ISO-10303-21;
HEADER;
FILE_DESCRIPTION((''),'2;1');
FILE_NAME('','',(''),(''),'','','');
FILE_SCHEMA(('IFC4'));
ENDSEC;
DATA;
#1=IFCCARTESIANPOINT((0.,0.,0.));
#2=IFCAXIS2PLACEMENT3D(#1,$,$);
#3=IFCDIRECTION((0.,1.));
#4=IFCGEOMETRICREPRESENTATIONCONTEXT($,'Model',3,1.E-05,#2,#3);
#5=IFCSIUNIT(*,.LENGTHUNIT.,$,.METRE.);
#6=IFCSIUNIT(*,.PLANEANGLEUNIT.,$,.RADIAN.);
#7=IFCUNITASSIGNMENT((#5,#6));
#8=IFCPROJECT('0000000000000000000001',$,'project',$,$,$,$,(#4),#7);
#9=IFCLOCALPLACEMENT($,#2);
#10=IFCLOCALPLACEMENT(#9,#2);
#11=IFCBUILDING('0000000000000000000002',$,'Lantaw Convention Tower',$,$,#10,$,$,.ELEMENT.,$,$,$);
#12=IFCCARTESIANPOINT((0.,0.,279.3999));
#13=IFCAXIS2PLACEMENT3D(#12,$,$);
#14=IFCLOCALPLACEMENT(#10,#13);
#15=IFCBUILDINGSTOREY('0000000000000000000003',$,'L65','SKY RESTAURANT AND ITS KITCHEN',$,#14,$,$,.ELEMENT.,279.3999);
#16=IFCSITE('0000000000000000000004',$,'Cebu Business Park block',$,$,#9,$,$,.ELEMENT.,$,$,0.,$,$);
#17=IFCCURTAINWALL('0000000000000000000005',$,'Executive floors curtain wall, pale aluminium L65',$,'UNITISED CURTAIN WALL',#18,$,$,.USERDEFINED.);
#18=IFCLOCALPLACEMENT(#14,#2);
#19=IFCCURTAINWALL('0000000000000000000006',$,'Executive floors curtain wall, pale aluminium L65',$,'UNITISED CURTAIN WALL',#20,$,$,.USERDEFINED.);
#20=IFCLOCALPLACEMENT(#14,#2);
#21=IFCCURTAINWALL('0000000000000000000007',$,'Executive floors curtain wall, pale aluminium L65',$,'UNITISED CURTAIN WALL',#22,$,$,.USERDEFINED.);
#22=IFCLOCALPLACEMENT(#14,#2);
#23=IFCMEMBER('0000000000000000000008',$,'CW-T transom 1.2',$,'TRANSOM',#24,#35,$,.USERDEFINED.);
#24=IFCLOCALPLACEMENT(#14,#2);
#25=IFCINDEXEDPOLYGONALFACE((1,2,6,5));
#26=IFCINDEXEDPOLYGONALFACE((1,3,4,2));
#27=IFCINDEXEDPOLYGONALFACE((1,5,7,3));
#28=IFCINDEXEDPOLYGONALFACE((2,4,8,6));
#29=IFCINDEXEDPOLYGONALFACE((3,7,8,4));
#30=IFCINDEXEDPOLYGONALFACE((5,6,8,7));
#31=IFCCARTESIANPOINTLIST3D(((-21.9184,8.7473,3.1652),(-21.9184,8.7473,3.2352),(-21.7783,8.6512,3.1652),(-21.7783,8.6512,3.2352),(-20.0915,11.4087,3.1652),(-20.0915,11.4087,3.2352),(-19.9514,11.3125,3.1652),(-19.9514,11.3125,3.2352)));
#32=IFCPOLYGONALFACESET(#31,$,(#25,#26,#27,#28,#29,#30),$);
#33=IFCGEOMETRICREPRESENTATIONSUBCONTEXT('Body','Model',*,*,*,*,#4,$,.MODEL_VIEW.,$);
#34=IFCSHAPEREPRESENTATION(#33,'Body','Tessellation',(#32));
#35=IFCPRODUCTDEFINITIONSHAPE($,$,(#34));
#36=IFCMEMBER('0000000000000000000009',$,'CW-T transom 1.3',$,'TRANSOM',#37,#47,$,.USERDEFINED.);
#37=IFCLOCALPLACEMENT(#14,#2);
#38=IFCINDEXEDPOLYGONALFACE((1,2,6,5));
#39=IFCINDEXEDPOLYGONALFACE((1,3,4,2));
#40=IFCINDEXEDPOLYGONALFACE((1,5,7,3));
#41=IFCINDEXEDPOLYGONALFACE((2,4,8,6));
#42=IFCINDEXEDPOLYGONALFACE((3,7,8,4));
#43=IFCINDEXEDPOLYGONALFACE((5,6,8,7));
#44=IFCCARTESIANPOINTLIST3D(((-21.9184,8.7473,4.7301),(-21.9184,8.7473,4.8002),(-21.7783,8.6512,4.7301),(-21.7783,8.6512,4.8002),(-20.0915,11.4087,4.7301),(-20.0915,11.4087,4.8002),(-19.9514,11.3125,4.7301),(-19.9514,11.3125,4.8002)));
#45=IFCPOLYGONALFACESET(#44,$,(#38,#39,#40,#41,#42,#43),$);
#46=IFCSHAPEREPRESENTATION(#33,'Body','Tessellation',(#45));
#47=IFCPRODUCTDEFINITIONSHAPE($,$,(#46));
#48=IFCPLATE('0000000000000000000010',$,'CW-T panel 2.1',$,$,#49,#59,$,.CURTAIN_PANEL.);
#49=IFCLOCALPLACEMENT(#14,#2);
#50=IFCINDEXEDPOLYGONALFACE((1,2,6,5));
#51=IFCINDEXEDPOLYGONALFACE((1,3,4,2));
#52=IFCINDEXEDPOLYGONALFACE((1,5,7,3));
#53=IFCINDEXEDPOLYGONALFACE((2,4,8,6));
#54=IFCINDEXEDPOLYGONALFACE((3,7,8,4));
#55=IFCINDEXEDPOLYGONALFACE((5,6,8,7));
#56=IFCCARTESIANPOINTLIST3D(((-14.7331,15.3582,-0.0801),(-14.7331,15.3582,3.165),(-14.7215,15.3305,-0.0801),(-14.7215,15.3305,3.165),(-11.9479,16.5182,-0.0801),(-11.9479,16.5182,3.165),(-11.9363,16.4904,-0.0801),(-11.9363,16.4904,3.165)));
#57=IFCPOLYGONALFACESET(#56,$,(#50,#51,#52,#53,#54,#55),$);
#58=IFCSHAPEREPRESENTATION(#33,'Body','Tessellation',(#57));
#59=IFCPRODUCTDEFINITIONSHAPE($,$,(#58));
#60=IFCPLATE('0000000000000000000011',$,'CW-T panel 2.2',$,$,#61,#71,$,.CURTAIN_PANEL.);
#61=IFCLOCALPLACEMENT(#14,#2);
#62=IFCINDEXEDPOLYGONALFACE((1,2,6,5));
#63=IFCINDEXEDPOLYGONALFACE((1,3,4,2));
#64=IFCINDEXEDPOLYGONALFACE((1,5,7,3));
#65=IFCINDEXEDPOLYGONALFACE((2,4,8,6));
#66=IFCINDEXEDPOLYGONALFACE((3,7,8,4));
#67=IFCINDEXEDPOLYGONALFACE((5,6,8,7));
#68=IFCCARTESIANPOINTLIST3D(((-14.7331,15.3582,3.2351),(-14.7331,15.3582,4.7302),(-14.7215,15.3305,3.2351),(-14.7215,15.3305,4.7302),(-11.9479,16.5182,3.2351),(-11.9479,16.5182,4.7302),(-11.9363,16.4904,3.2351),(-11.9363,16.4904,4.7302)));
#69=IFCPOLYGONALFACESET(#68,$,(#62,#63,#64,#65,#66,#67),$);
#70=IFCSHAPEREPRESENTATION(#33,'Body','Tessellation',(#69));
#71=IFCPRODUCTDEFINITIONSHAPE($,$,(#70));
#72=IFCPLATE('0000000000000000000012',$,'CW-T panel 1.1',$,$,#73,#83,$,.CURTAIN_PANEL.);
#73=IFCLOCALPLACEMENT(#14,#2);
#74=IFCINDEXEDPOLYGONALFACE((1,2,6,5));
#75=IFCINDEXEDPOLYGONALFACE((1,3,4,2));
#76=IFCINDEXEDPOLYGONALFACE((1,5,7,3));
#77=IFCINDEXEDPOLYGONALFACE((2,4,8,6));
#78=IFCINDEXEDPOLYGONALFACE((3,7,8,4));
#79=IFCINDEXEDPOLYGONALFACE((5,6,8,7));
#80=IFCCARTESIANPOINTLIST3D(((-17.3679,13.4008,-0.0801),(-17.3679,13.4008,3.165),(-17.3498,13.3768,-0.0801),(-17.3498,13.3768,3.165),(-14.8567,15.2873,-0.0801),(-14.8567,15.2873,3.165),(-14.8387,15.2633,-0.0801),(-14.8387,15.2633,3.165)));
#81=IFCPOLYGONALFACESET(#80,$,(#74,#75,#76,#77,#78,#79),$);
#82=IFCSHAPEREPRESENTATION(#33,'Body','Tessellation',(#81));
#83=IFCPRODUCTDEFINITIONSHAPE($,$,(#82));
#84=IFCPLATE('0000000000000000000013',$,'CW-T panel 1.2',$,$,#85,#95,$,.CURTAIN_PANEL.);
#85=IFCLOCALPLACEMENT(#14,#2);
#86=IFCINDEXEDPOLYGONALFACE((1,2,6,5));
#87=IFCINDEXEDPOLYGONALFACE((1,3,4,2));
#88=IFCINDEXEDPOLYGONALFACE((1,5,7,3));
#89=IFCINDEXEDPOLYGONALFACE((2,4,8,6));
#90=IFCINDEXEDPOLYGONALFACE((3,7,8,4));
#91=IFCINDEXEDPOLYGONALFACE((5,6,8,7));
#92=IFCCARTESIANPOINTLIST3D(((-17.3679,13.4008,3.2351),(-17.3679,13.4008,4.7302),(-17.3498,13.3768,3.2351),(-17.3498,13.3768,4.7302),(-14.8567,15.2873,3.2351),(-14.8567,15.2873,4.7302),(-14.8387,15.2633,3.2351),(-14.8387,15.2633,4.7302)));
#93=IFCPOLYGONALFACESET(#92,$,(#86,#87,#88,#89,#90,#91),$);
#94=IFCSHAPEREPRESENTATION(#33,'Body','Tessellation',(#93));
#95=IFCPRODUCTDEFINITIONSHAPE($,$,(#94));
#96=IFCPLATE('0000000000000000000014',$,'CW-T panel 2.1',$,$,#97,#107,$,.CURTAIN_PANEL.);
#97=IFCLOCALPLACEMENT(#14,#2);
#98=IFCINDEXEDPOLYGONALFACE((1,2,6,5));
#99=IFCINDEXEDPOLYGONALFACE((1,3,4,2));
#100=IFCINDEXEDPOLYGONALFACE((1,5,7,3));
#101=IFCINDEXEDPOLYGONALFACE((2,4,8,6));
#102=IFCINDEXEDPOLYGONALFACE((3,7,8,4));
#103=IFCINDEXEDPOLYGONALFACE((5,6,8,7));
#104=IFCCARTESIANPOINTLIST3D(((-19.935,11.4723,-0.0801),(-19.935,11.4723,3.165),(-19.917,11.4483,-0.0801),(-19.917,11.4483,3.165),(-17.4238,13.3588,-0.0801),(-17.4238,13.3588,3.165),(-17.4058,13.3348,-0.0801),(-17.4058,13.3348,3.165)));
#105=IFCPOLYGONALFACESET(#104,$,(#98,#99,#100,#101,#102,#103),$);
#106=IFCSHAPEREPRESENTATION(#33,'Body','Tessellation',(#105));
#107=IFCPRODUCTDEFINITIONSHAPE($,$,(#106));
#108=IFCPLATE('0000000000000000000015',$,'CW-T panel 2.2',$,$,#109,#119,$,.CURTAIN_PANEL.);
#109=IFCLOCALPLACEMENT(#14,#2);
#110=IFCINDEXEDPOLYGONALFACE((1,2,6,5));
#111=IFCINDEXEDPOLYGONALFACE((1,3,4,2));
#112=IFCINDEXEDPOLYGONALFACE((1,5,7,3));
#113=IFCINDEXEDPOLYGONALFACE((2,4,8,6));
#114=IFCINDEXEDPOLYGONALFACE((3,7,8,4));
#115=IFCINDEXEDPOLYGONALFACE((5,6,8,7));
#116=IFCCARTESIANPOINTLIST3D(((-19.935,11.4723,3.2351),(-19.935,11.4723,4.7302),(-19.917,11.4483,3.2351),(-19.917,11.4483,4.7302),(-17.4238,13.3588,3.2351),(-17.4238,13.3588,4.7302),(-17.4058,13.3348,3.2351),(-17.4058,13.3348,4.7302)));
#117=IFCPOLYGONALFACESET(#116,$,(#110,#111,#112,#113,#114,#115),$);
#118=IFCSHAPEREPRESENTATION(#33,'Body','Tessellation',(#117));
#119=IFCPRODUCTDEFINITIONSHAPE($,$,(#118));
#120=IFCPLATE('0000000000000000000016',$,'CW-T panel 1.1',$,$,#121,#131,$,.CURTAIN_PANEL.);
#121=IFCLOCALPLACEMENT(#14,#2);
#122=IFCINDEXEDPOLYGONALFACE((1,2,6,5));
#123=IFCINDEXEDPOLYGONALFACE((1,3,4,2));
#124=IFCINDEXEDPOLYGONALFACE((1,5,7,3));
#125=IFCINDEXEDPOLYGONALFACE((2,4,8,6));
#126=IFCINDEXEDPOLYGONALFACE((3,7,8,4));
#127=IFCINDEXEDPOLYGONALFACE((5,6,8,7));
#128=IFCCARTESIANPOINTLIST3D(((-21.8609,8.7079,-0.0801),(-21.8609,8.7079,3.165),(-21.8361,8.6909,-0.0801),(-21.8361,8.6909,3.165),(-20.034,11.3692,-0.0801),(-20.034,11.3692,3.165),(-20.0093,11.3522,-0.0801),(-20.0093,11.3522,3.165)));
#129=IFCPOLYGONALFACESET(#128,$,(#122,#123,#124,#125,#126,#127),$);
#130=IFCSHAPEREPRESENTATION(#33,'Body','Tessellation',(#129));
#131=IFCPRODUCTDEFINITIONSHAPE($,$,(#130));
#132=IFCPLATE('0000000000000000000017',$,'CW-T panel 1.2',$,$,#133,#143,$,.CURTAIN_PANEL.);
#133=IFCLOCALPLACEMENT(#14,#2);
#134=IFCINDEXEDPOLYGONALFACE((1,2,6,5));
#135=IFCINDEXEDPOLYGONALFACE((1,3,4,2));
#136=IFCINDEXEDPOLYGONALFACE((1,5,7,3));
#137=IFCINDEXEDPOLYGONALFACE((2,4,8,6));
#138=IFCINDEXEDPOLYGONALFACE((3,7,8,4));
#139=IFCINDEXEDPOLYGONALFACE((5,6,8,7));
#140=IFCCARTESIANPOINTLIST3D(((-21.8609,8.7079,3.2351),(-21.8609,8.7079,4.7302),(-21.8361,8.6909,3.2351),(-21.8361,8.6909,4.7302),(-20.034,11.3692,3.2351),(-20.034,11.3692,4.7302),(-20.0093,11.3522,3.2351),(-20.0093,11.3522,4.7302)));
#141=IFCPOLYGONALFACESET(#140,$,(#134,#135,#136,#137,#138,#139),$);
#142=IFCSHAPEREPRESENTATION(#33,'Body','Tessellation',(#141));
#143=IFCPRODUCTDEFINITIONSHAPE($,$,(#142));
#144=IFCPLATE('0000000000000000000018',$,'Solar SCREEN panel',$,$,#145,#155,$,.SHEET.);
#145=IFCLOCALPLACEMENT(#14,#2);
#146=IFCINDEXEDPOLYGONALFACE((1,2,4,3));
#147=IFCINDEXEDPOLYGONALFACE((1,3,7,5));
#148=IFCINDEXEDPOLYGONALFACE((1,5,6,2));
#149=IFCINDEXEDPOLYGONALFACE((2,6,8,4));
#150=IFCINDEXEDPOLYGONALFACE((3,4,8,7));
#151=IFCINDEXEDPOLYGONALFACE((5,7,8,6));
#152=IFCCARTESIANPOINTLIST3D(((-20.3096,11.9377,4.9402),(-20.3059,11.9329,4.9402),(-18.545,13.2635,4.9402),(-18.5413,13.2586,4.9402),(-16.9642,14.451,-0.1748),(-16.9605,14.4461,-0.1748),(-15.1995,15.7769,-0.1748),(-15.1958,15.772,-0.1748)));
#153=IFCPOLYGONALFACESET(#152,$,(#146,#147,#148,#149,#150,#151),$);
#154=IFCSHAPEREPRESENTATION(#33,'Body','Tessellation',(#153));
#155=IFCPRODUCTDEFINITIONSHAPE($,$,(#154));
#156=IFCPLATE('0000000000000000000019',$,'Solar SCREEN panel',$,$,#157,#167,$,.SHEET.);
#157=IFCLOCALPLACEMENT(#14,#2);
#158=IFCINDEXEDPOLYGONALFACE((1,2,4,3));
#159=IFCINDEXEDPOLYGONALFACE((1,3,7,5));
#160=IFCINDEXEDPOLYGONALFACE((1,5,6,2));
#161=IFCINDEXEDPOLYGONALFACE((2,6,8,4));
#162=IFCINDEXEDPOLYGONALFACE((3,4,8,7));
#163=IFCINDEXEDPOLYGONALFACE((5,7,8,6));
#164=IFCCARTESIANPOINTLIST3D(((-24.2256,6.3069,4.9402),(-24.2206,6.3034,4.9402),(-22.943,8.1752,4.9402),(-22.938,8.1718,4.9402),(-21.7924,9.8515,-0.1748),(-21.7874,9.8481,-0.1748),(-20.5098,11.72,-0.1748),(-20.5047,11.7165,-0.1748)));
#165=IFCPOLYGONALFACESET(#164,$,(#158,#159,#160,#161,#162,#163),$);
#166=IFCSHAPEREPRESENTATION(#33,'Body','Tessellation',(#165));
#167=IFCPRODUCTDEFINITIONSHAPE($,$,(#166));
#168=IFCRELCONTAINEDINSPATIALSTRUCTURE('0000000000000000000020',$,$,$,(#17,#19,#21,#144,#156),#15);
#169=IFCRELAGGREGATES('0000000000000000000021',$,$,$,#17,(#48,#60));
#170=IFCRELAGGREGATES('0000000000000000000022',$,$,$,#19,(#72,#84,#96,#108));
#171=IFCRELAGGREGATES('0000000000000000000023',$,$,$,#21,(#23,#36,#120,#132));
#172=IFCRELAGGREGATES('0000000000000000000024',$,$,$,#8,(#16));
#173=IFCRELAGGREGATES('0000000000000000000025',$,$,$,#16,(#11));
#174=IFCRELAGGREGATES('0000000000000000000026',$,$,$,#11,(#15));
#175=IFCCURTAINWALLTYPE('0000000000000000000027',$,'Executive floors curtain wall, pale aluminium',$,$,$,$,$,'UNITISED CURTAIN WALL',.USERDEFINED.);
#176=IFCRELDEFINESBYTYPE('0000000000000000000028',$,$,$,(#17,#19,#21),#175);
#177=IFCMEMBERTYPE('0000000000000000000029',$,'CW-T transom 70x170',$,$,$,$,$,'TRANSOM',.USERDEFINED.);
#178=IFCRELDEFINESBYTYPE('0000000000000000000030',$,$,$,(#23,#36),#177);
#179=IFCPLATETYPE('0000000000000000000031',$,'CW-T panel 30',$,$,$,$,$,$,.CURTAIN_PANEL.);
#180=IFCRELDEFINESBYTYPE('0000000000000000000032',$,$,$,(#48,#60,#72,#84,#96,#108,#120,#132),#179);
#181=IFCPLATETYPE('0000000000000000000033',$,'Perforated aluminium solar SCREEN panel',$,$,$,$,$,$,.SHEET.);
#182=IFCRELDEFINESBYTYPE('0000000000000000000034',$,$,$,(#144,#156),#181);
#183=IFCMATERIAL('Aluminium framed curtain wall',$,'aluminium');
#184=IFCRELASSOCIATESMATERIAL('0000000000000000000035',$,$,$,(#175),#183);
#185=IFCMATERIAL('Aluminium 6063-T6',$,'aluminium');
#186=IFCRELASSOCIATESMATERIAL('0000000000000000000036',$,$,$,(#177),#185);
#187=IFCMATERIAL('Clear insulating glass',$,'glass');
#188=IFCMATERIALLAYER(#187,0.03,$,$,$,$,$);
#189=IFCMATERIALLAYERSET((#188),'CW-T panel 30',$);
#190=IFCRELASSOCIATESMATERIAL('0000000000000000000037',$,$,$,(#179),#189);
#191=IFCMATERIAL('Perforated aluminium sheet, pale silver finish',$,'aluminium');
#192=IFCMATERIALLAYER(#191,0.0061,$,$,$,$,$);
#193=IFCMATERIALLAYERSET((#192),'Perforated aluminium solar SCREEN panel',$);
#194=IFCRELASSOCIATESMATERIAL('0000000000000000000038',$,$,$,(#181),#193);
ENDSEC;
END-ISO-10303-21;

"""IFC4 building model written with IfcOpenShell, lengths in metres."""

from ifc_helpers import new_model, si_unit, direction, frame, origin, origin_2d, place, context, subcontext, project, spatial, polyline, rectangle, outline, extrude, material, layer, layer_set, material_profile, profile_set, type_object, element, aggregate, save


model = new_model("IFC4")

# Units and contexts
model_context = context("Model", 3, precision=1e-05, world=origin(), true_north=direction((0.0, 1.0)))
body_context = subcontext(model_context, "Body", "Model", "MODEL_VIEW")
ifc_project = project(units=[si_unit("LENGTHUNIT", "METRE"), si_unit("PLANEANGLEUNIT", "RADIAN")], contexts=[model_context])

# Site, building, storey
site_placement = place(None, origin())
site = spatial("IfcSite", under=ifc_project, at=site_placement, Name="Cebu Business Park block", CompositionType="ELEMENT", RefElevation=0.0)
building_placement = place(site_placement, origin())
building = spatial("IfcBuilding", under=site, at=building_placement, Name="Lantaw Convention Tower", CompositionType="ELEMENT")
storey_placement = place(building_placement, frame((0.0, 0.0, 279.3999)))
storey = spatial("IfcBuildingStorey", under=building, at=storey_placement, Name="L65", Description="SKY RESTAURANT AND ITS KITCHEN", CompositionType="ELEMENT", Elevation=279.3999)

# Curtain wall
ifc_material_1 = material(Name="Aluminium framed curtain wall", Category="aluminium")
curtain_wall_type = type_object("IfcCurtainWallType", Name="Executive floors curtain wall, pale aluminium", ElementType="UNITISED CURTAIN WALL", PredefinedType="USERDEFINED", material=ifc_material_1)
curtain_wall_1_placement = place(storey_placement, origin())
curtain_wall_1 = element("IfcCurtainWall", 1, at=curtain_wall_1_placement, inside=storey, type_object=curtain_wall_type, Name="Executive floors curtain wall, pale aluminium L65", ObjectType="UNITISED CURTAIN WALL", PredefinedType="USERDEFINED")
ifc_material_2 = material(Name="Aluminium 6063-T6", Category="aluminium")

# Curtain wall
curtain_wall_2_placement = place(storey_placement, origin())
curtain_wall_2 = element("IfcCurtainWall", 2, at=curtain_wall_2_placement, inside=storey, type_object=curtain_wall_type, Name="Executive floors curtain wall, pale aluminium L65", ObjectType="UNITISED CURTAIN WALL", PredefinedType="USERDEFINED")

# Curtain wall
curtain_wall_3_placement = place(storey_placement, origin())
curtain_wall_3 = element("IfcCurtainWall", 3, at=curtain_wall_3_placement, inside=storey, type_object=curtain_wall_type, Name="Executive floors curtain wall, pale aluminium L65", ObjectType="UNITISED CURTAIN WALL", PredefinedType="USERDEFINED")

# Members
ifc_material_profile_1 = material_profile(ifc_material_2, rectangle(XDim=0.1699, YDim=0.0701, at=origin_2d()), Name="CW-T transom 70x170")
ifc_profile_set_1 = profile_set([ifc_material_profile_1], Name="Aluminium 6063-T6")
member_type_1 = type_object("IfcMemberType", Name="CW-T transom 70x170", ElementType="TRANSOM", PredefinedType="USERDEFINED", material=ifc_profile_set_1)
member_1_placement = place(storey_placement, frame((-20.0215, 11.3606, 3.2002), z_axis=(-0.565941, -0.824446, 0.0), x_axis=(0.824446, -0.565941, 0.0)))
member_1 = element("IfcMember", 4, at=member_1_placement, type_object=member_type_1, Name="CW-T transom 1.2", ObjectType="TRANSOM", PredefinedType="USERDEFINED", context=body_context, shape_type="SweptSolid", body=[
    extrude(rectangle(XDim=0.1699, YDim=0.0701, at=origin_2d()), origin(), (0.0, 0.0, 1.0), 3.228),
])
member_2_placement = place(storey_placement, frame((-20.0215, 11.3606, 4.7651), z_axis=(-0.565941, -0.824446, 0.0), x_axis=(0.824446, -0.565941, 0.0)))
member_2 = element("IfcMember", 5, at=member_2_placement, type_object=member_type_1, Name="CW-T transom 1.3", ObjectType="TRANSOM", PredefinedType="USERDEFINED", context=body_context, shape_type="SweptSolid", body=[
    extrude(rectangle(XDim=0.1699, YDim=0.0701, at=origin_2d()), origin(), (0.0, 0.0, 1.0), 3.228),
])

# Plates
ifc_material_3 = material(Name="Clear insulating glass", Category="glass")
ifc_layer_1 = layer(ifc_material_3, 0.03)
ifc_layer_set_1 = layer_set([ifc_layer_1], Name="CW-T panel 30")
plate_type_1 = type_object("IfcPlateType", Name="CW-T panel 30", PredefinedType="CURTAIN_PANEL", material=ifc_layer_set_1)
plate_1_placement = place(storey_placement, frame((-13.3347, 15.9243, -0.0801), z_axis=(0.0, 0.0, 1.0), x_axis=(-0.923142, -0.38446, 0.0)))
plate_1 = element("IfcPlate", 6, at=plate_1_placement, type_object=plate_type_1, Name="CW-T panel 2.1", PredefinedType="CURTAIN_PANEL", context=body_context, shape_type="SweptSolid", body=[
    extrude(rectangle(XDim=3.0171, YDim=0.03, at=origin_2d()), origin(), (0.0, 0.0, 1.0), 3.2451),
])
plate_2_placement = place(storey_placement, frame((-13.3347, 15.9243, 3.2351), z_axis=(0.0, 0.0, 1.0), x_axis=(-0.923142, -0.38446, 0.0)))
plate_2 = element("IfcPlate", 7, at=plate_2_placement, type_object=plate_type_1, Name="CW-T panel 2.2", PredefinedType="CURTAIN_PANEL", context=body_context, shape_type="SweptSolid", body=[
    extrude(rectangle(XDim=3.0171, YDim=0.03, at=origin_2d()), origin(), (0.0, 0.0, 1.0), 1.4951),
])
aggregate(curtain_wall_1, [plate_1, plate_2])
plate_3_placement = place(storey_placement, frame((-16.1033, 14.332, -0.0801), z_axis=(0.0, 0.0, 1.0), x_axis=(-0.799518, -0.600643, 0.0)))
plate_3 = element("IfcPlate", 8, at=plate_3_placement, type_object=plate_type_1, Name="CW-T panel 1.1", PredefinedType="CURTAIN_PANEL", context=body_context, shape_type="SweptSolid", body=[
    extrude(rectangle(XDim=3.1409, YDim=0.03, at=origin_2d()), origin(), (0.0, 0.0, 1.0), 3.2451),
])
plate_4_placement = place(storey_placement, frame((-16.1033, 14.332, 3.2351), z_axis=(0.0, 0.0, 1.0), x_axis=(-0.799518, -0.600643, 0.0)))
plate_4 = element("IfcPlate", 9, at=plate_4_placement, type_object=plate_type_1, Name="CW-T panel 1.2", PredefinedType="CURTAIN_PANEL", context=body_context, shape_type="SweptSolid", body=[
    extrude(rectangle(XDim=3.1409, YDim=0.03, at=origin_2d()), origin(), (0.0, 0.0, 1.0), 1.4951),
])
plate_5_placement = place(storey_placement, frame((-18.6704, 12.4036, -0.0801), z_axis=(0.0, 0.0, 1.0), x_axis=(-0.799518, -0.600643, 0.0)))
plate_5 = element("IfcPlate", 10, at=plate_5_placement, type_object=plate_type_1, Name="CW-T panel 2.1", PredefinedType="CURTAIN_PANEL", context=body_context, shape_type="SweptSolid", body=[
    extrude(rectangle(XDim=3.1409, YDim=0.03, at=origin_2d()), origin(), (0.0, 0.0, 1.0), 3.2451),
])
plate_6_placement = place(storey_placement, frame((-18.6704, 12.4036, 3.2351), z_axis=(0.0, 0.0, 1.0), x_axis=(-0.799518, -0.600643, 0.0)))
plate_6 = element("IfcPlate", 11, at=plate_6_placement, type_object=plate_type_1, Name="CW-T panel 2.2", PredefinedType="CURTAIN_PANEL", context=body_context, shape_type="SweptSolid", body=[
    extrude(rectangle(XDim=3.1409, YDim=0.03, at=origin_2d()), origin(), (0.0, 0.0, 1.0), 1.4951),
])
aggregate(curtain_wall_2, [plate_3, plate_4, plate_5, plate_6])
plate_7_placement = place(storey_placement, frame((-20.9351, 10.03, -0.0801), z_axis=(0.0, 0.0, 1.0), x_axis=(-0.565935, -0.82445, 0.0)))
plate_7 = element("IfcPlate", 12, at=plate_7_placement, type_object=plate_type_1, Name="CW-T panel 1.1", PredefinedType="CURTAIN_PANEL", context=body_context, shape_type="SweptSolid", body=[
    extrude(rectangle(XDim=3.228, YDim=0.03, at=origin_2d()), origin(), (0.0, 0.0, 1.0), 3.2451),
])
plate_8_placement = place(storey_placement, frame((-20.9351, 10.03, 3.2351), z_axis=(0.0, 0.0, 1.0), x_axis=(-0.565935, -0.82445, 0.0)))
plate_8 = element("IfcPlate", 13, at=plate_8_placement, type_object=plate_type_1, Name="CW-T panel 1.2", PredefinedType="CURTAIN_PANEL", context=body_context, shape_type="SweptSolid", body=[
    extrude(rectangle(XDim=3.228, YDim=0.03, at=origin_2d()), origin(), (0.0, 0.0, 1.0), 1.4951),
])
aggregate(curtain_wall_3, [member_1, member_2, plate_7, plate_8])

# Plates
ifc_material_4 = material(Name="Perforated aluminium sheet, pale silver finish", Category="aluminium")
ifc_layer_2 = layer(ifc_material_4, 0.0061)
ifc_layer_set_2 = layer_set([ifc_layer_2], Name="Perforated aluminium solar SCREEN panel")
plate_type_2 = type_object("IfcPlateType", Name="Perforated aluminium solar SCREEN panel", PredefinedType="SHEET", material=ifc_layer_set_2)
plate_9_placement = place(storey_placement, frame((-15.1958, 15.772, -0.1748), z_axis=(0.600672, -0.799495, 0.000029), x_axis=(-0.799495, -0.600672, 0.0)))
element("IfcPlate", 14, at=plate_9_placement, inside=storey, type_object=plate_type_2, Name="Solar SCREEN panel", PredefinedType="SHEET", context=body_context, shape_type="SweptSolid", body=[
    extrude(outline(polyline([(0.0, 0.0), (2.2073, 0.0), (6.3916, -5.115), (4.1844, -5.115), (0.0, 0.0)])), origin(), (0.0, 0.0, -1.0), 0.0061),
])
plate_10_placement = place(storey_placement, frame((-20.5098, 11.72, -0.1748), z_axis=(-0.824441, 0.565948, 0.00001), x_axis=(-0.565948, -0.824441, 0.0)))
element("IfcPlate", 15, at=plate_10_placement, inside=storey, type_object=plate_type_2, Name="Solar SCREEN panel", PredefinedType="SHEET", context=body_context, shape_type="SweptSolid", body=[
    extrude(outline(polyline([(0.0, 0.0), (2.2663, 0.0), (6.5657, 5.115), (4.2995, 5.115), (0.0, 0.0)])), origin(), (0.0, 0.0, -1.0), 0.0061),
])

save(model, "model.ifc")
